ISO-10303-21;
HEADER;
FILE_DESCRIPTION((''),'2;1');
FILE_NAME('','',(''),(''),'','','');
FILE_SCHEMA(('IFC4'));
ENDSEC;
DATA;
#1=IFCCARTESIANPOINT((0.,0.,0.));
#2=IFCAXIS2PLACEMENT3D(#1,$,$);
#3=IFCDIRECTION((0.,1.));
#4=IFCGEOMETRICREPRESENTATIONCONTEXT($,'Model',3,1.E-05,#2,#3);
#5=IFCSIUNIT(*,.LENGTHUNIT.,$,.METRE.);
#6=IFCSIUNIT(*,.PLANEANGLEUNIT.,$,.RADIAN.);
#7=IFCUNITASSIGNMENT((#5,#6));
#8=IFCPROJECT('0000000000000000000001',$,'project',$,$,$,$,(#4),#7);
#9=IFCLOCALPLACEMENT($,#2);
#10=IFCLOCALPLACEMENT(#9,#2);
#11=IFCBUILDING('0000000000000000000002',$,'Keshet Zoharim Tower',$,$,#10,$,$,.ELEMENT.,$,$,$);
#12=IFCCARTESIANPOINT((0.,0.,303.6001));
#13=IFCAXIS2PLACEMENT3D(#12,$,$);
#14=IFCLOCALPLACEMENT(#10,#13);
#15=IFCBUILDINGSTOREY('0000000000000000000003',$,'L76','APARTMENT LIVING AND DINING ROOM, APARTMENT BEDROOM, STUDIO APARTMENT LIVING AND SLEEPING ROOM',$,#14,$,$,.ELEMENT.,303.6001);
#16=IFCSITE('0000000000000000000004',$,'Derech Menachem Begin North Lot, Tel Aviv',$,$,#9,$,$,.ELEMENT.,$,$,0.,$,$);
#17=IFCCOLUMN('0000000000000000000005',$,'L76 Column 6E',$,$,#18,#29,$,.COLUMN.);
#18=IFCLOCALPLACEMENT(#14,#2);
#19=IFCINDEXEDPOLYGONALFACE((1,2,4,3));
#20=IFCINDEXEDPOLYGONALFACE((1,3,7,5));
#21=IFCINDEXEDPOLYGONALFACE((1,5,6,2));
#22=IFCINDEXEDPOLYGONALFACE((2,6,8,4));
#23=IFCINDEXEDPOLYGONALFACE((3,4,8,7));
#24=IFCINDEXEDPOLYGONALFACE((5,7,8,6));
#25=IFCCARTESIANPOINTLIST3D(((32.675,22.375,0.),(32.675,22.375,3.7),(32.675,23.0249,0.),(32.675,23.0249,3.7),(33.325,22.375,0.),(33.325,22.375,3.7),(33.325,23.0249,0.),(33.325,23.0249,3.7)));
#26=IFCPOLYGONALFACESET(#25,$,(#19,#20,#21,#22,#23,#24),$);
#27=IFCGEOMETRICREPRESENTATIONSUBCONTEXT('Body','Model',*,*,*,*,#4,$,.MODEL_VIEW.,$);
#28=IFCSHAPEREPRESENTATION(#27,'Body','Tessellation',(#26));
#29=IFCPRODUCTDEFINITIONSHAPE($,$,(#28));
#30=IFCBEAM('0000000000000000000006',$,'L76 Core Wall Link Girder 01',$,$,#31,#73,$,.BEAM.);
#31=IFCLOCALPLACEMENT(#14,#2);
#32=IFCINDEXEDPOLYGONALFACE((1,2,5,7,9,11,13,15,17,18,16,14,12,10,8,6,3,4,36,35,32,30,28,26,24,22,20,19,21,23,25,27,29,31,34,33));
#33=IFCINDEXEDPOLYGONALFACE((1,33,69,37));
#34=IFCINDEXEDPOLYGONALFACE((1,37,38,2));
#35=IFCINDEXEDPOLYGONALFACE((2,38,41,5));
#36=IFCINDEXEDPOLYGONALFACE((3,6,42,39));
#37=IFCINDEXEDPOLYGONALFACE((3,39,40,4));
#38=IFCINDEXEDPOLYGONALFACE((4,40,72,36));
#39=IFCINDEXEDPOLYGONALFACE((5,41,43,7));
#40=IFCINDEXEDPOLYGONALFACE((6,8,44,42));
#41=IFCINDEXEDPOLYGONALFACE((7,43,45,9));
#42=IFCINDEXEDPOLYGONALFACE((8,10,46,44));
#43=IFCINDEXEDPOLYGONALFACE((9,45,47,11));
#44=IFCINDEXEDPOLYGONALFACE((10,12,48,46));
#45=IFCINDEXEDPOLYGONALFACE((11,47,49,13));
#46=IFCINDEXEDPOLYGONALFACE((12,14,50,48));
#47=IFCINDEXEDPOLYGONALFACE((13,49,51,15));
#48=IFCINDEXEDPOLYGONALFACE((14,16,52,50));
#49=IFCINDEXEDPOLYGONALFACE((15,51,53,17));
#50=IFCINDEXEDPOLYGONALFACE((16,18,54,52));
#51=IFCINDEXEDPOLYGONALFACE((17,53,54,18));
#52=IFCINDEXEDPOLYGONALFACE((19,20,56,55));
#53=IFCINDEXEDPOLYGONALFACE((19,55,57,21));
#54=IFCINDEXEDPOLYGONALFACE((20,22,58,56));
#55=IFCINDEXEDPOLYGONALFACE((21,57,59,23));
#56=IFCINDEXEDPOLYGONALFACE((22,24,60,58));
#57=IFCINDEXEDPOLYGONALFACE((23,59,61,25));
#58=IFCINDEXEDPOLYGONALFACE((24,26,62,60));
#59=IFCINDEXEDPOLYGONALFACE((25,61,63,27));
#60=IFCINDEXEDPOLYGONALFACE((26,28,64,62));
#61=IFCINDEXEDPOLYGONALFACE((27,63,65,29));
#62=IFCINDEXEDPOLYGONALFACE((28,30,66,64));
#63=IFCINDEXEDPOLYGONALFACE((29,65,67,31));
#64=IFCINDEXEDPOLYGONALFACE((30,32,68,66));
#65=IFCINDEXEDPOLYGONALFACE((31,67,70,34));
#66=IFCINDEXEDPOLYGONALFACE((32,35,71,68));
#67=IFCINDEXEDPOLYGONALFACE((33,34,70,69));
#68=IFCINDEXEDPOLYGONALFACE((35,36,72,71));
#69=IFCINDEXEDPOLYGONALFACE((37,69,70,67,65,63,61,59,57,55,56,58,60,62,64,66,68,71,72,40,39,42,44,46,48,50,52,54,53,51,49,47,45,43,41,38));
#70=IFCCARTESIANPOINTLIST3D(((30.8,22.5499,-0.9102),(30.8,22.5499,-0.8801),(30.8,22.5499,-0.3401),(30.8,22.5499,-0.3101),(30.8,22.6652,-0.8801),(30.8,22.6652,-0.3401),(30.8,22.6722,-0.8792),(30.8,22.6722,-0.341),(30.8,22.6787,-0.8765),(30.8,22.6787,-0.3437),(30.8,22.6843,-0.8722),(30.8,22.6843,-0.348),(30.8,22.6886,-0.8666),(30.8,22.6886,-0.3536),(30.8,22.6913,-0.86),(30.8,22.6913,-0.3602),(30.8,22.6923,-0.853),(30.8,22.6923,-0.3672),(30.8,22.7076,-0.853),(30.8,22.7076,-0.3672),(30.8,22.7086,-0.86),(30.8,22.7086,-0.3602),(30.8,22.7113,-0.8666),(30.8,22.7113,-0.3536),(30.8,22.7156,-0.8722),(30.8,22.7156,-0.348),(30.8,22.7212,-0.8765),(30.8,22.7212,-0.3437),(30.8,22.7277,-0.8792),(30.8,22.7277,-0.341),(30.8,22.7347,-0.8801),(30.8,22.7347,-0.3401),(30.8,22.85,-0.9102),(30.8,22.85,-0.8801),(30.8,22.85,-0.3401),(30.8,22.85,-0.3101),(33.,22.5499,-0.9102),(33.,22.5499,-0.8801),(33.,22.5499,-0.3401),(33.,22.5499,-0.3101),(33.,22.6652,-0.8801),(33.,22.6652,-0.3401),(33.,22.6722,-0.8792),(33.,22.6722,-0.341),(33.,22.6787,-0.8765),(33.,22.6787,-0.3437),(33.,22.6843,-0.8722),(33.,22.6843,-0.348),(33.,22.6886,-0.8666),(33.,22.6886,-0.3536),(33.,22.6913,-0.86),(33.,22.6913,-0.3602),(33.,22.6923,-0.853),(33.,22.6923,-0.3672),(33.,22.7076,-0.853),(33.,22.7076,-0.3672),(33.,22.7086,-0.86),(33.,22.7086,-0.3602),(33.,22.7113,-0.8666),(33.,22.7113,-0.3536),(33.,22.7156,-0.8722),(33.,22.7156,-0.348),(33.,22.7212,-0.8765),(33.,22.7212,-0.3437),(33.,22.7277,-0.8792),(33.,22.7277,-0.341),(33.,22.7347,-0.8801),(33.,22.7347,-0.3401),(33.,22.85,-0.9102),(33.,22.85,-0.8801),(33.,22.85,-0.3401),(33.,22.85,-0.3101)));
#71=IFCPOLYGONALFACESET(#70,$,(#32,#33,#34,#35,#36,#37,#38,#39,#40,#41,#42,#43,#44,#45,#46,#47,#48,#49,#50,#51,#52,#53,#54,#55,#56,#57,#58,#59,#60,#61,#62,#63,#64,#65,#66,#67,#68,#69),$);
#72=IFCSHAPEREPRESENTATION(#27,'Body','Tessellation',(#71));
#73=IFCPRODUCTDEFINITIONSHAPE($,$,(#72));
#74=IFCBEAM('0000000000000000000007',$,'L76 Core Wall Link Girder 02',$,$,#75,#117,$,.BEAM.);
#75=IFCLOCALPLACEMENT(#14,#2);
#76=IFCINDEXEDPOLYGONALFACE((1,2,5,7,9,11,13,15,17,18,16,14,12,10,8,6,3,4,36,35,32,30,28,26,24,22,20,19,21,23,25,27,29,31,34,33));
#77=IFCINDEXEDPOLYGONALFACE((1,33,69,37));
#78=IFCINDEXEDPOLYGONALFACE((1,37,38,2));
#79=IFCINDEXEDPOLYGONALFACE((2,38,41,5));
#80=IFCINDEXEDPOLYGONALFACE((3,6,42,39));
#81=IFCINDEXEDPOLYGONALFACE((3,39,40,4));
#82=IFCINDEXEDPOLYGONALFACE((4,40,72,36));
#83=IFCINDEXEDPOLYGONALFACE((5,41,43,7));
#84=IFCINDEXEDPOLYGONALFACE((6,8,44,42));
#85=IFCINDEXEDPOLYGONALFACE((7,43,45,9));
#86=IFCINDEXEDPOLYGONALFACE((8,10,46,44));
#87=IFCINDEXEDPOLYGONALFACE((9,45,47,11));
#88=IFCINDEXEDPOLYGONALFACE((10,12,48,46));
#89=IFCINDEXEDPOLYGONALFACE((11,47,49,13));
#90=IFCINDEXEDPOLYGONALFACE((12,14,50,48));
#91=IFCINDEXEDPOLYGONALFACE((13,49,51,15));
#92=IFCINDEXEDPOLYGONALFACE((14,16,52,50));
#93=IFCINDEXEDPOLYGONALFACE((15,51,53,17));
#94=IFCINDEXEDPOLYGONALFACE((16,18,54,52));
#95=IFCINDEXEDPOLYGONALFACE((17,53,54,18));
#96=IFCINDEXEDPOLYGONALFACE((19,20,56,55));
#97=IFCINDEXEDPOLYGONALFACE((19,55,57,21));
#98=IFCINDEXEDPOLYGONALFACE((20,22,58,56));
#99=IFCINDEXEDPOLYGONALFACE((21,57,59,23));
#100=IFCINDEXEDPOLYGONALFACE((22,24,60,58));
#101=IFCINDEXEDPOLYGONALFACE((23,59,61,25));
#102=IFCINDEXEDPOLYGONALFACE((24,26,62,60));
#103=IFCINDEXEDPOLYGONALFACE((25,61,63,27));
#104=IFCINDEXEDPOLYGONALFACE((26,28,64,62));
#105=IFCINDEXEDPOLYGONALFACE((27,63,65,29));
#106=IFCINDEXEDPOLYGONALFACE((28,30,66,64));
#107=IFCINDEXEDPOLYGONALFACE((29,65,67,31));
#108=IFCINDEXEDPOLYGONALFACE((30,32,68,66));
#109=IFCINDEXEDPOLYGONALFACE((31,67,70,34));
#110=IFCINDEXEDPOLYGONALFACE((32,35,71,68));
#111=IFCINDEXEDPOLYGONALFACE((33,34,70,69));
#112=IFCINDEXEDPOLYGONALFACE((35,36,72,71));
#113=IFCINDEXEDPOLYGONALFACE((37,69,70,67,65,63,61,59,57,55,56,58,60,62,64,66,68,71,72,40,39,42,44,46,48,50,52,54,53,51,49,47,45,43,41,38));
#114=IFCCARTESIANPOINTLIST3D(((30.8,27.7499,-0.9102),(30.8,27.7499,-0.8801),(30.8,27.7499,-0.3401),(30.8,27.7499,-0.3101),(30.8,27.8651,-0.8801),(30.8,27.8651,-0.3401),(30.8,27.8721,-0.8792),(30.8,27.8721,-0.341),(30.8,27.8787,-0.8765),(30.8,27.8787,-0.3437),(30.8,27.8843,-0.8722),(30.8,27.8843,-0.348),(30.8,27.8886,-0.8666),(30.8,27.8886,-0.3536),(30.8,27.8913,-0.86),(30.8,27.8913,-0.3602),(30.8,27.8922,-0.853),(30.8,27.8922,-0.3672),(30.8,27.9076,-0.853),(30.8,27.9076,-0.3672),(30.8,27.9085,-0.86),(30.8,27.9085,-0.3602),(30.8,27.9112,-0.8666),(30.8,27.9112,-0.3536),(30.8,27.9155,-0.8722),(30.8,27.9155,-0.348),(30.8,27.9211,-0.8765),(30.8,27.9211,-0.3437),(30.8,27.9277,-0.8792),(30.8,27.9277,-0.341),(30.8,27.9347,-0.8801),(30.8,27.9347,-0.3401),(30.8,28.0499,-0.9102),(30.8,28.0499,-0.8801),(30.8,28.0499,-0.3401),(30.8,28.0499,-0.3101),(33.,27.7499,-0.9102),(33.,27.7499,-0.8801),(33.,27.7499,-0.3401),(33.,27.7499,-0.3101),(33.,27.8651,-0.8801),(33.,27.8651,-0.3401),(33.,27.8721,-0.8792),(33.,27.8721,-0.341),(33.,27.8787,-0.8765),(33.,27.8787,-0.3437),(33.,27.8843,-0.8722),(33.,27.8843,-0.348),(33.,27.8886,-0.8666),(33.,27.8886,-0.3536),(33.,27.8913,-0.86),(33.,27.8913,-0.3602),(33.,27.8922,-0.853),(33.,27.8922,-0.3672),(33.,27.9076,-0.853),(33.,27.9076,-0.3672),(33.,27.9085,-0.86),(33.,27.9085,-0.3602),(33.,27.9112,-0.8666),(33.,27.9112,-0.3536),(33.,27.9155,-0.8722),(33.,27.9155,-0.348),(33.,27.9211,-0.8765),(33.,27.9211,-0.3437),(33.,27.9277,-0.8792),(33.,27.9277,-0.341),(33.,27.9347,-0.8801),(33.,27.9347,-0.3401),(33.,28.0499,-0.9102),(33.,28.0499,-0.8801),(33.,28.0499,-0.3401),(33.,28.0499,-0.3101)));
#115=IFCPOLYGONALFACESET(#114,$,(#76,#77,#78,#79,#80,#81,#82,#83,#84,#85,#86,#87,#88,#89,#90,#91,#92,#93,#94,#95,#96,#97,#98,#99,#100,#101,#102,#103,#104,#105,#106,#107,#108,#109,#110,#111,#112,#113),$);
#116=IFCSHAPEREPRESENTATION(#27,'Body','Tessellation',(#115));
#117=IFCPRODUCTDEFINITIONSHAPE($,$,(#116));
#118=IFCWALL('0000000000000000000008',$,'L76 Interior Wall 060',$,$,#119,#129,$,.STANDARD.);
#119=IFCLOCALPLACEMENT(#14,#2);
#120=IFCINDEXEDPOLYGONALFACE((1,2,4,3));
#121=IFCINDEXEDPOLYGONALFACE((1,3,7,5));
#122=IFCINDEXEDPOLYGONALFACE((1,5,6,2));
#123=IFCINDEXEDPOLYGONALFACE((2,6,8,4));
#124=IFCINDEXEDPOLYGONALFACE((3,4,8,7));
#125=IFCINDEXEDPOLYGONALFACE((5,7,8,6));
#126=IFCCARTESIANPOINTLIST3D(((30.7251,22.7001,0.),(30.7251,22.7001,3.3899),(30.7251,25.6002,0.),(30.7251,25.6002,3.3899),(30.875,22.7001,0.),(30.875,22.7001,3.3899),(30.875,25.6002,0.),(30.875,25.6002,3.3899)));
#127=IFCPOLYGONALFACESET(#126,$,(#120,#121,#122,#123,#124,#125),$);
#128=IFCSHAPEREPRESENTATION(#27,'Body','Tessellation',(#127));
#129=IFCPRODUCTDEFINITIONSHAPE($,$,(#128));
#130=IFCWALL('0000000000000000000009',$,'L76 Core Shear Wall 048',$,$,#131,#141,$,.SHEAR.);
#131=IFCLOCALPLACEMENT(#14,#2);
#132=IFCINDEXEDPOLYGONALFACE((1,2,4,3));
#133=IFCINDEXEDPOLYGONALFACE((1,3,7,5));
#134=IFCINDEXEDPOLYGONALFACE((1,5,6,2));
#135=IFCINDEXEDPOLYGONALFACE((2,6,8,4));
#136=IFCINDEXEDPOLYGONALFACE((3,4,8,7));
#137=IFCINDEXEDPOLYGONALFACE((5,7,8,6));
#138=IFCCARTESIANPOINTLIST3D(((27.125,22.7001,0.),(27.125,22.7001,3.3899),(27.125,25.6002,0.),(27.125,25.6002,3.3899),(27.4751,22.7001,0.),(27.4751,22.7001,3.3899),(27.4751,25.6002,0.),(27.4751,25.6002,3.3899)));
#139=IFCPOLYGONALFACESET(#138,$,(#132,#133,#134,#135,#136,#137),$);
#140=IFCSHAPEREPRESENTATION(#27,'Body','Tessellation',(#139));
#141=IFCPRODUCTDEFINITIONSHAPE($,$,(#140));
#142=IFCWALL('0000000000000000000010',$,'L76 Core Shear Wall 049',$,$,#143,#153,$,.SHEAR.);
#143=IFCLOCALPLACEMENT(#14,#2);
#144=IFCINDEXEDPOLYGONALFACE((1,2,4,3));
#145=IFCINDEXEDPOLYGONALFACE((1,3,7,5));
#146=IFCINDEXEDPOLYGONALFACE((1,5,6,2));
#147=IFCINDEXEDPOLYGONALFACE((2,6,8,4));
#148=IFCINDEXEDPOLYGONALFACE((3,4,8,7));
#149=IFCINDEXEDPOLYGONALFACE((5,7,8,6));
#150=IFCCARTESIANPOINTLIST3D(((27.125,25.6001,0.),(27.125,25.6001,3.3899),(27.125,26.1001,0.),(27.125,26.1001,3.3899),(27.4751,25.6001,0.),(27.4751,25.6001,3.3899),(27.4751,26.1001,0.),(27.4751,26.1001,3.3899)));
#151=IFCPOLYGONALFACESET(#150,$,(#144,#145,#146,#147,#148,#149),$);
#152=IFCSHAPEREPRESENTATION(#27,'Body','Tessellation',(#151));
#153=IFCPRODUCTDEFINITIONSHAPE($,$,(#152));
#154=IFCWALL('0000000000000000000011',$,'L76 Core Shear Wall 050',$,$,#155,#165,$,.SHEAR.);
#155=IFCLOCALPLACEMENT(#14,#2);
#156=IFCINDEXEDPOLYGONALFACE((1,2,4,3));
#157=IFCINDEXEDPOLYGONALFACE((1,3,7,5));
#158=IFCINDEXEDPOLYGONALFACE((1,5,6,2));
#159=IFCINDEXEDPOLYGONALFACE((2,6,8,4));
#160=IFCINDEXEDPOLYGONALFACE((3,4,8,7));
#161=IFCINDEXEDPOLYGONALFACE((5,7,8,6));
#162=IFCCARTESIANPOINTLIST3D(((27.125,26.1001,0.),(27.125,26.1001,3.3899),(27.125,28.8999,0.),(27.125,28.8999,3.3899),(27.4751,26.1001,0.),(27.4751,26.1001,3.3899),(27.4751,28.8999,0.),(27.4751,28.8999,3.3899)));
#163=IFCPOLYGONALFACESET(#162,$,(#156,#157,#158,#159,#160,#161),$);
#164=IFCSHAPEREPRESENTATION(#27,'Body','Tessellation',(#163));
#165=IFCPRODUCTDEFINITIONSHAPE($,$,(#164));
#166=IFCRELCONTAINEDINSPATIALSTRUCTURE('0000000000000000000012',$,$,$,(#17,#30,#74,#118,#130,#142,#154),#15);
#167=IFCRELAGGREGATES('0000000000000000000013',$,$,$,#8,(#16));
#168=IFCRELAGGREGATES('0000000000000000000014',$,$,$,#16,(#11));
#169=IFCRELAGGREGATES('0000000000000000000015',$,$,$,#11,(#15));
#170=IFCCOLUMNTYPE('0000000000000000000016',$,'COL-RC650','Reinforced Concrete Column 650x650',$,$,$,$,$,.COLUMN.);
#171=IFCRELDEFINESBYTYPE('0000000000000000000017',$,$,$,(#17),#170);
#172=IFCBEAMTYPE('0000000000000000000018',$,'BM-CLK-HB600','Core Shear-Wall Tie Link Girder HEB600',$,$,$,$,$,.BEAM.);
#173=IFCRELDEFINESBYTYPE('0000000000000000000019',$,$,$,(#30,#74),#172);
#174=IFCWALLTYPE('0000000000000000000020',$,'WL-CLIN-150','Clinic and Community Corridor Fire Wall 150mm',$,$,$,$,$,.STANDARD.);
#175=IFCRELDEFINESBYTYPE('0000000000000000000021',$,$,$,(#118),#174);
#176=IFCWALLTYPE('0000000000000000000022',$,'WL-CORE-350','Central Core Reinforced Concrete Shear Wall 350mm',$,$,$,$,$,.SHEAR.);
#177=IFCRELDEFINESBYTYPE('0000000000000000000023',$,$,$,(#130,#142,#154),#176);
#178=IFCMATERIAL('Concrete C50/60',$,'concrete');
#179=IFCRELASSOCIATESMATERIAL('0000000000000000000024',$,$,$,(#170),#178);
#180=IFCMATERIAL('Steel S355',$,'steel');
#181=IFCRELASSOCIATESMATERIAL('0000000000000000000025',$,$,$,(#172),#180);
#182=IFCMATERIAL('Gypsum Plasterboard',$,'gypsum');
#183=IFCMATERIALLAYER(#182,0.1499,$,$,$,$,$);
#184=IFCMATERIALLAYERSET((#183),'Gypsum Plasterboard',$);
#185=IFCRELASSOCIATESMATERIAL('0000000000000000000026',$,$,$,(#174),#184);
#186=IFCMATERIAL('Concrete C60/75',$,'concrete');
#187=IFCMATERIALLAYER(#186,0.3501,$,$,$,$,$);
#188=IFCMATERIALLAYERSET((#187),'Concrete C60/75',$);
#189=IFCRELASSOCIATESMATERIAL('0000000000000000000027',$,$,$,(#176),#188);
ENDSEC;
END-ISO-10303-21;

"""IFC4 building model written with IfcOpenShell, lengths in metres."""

from ifc_helpers import new_model, si_unit, direction, frame, frame_2d, origin, origin_2d, place, context, subcontext, project, spatial, rectangle, i_section, extrude, material, layer, layer_set, material_profile, profile_set, type_object, element, save


model = new_model("IFC4")

# Units and contexts
model_context = context("Model", 3, precision=1e-05, world=origin(), true_north=direction((0.0, 1.0)))
body_context = subcontext(model_context, "Body", "Model", "MODEL_VIEW")
ifc_project = project(units=[si_unit("LENGTHUNIT", "METRE"), si_unit("PLANEANGLEUNIT", "RADIAN")], contexts=[model_context])

# Site, building, storey
site_placement = place(None, origin())
site = spatial("IfcSite", under=ifc_project, at=site_placement, Name="Derech Menachem Begin North Lot, Tel Aviv", CompositionType="ELEMENT", RefElevation=0.0)
building_placement = place(site_placement, origin())
building = spatial("IfcBuilding", under=site, at=building_placement, Name="Keshet Zoharim Tower", CompositionType="ELEMENT")
storey_placement = place(building_placement, frame((0.0, 0.0, 303.6001)))
storey = spatial("IfcBuildingStorey", under=building, at=storey_placement, Name="L76", Description="APARTMENT LIVING AND DINING ROOM, APARTMENT BEDROOM, STUDIO APARTMENT LIVING AND SLEEPING ROOM", CompositionType="ELEMENT", Elevation=303.6001)

# Column
ifc_material_1 = material(Name="Concrete C50/60", Category="concrete")
ifc_material_profile_1 = material_profile(ifc_material_1, rectangle(XDim=0.6499, YDim=0.6499, at=origin_2d()), Name="RC650x650")
ifc_profile_set_1 = profile_set([ifc_material_profile_1], Name="Concrete C50/60")
column_type = type_object("IfcColumnType", Name="COL-RC650", Description="Reinforced Concrete Column 650x650", PredefinedType="COLUMN", material=ifc_profile_set_1)
column_placement = place(storey_placement, frame((33.0, 22.7, 0.0), z_axis=(0.0, 0.0, 1.0), x_axis=(1.0, 0.0, 0.0)))
element("IfcColumn", 1, at=column_placement, inside=storey, type_object=column_type, Name="L76 Column 6E", PredefinedType="COLUMN", context=body_context, shape_type="SweptSolid", body=[
    extrude(rectangle(XDim=0.6499, YDim=0.6499, at=origin_2d()), origin(), (0.0, 0.0, 1.0), 3.7),
])

# Beams
ifc_material_2 = material(Name="Steel S355", Category="steel")
ifc_material_profile_2 = material_profile(ifc_material_2, i_section(OverallWidth=0.3, OverallDepth=0.6001, WebThickness=0.0154, FlangeThickness=0.03, FilletRadius=0.0271, at=origin_2d()), Name="HEB600")
ifc_profile_set_2 = profile_set([ifc_material_profile_2], Name="Steel S355")
beam_type = type_object("IfcBeamType", Name="BM-CLK-HB600", Description="Core Shear-Wall Tie Link Girder HEB600", PredefinedType="BEAM", material=ifc_profile_set_2)
for number, where, z_axis, x_axis, name in (
    (2, (30.8, 22.7, -0.6101), (1.0, 0.0, 0.0), (0.0, 1.0, 0.0), "L76 Core Wall Link Girder 01"),
    (3, (30.8, 27.8999, -0.6101), (1.0, 0.0, 0.0), (0.0, 1.0, 0.0), "L76 Core Wall Link Girder 02"),
):
    element("IfcBeam", number, at=place(storey_placement, frame(where, z_axis=z_axis, x_axis=x_axis)), inside=storey, type_object=beam_type, Name=name, PredefinedType="BEAM", context=body_context, shape_type="SweptSolid", body=[
        extrude(i_section(OverallWidth=0.3, OverallDepth=0.6001, WebThickness=0.0154, FlangeThickness=0.03, FilletRadius=0.0271, at=origin_2d()), origin(), (0.0, 0.0, 1.0), 2.2),
    ])

# Wall
ifc_material_3 = material(Name="Gypsum Plasterboard", Category="gypsum")
ifc_layer_1 = layer(ifc_material_3, 0.1499)
ifc_layer_set_1 = layer_set([ifc_layer_1], Name="Gypsum Plasterboard")
wall_type_1 = type_object("IfcWallType", Name="WL-CLIN-150", Description="Clinic and Community Corridor Fire Wall 150mm", PredefinedType="STANDARD", material=ifc_layer_set_1)
wall_1_placement = place(storey_placement, frame((30.8, 22.7, 0.0), z_axis=(0.0, 0.0, 1.0), x_axis=(0.0, 1.0, 0.0)))
element("IfcWall", 4, at=wall_1_placement, inside=storey, type_object=wall_type_1, Name="L76 Interior Wall 060", PredefinedType="STANDARD", context=body_context, shape_type="SweptSolid", body=[
    extrude(rectangle(XDim=2.9001, YDim=0.1499, at=frame_2d((1.4502, 0.0))), origin(), (0.0, 0.0, 1.0), 3.3899),
])

# Shared definitions
ifc_material_4 = material(Name="Concrete C60/75", Category="concrete")
ifc_layer_2 = layer(ifc_material_4, 0.3501)
ifc_layer_set_2 = layer_set([ifc_layer_2], Name="Concrete C60/75")
wall_type_2 = type_object("IfcWallType", Name="WL-CORE-350", Description="Central Core Reinforced Concrete Shear Wall 350mm", PredefinedType="SHEAR", material=ifc_layer_set_2)

# Walls
wall_2_placement = place(storey_placement, frame((27.3, 22.7, 0.0), z_axis=(0.0, 0.0, 1.0), x_axis=(0.0, 1.0, 0.0)))
element("IfcWall", 5, at=wall_2_placement, inside=storey, type_object=wall_type_2, Name="L76 Core Shear Wall 048", PredefinedType="SHEAR", context=body_context, shape_type="SweptSolid", body=[
    extrude(rectangle(XDim=2.9001, YDim=0.3501, at=frame_2d((1.4502, 0.0))), origin(), (0.0, 0.0, 1.0), 3.3899),
])
wall_3_placement = place(storey_placement, frame((27.3, 25.6001, 0.0), z_axis=(0.0, 0.0, 1.0), x_axis=(0.0, 1.0, 0.0)))
element("IfcWall", 6, at=wall_3_placement, inside=storey, type_object=wall_type_2, Name="L76 Core Shear Wall 049", PredefinedType="SHEAR", context=body_context, shape_type="SweptSolid", body=[
    extrude(rectangle(XDim=0.5, YDim=0.3501, at=frame_2d((0.25, 0.0))), origin(), (0.0, 0.0, 1.0), 3.3899),
])
wall_4_placement = place(storey_placement, frame((27.3, 26.1001, 0.0), z_axis=(0.0, 0.0, 1.0), x_axis=(0.0, 1.0, 0.0)))
element("IfcWall", 7, at=wall_4_placement, inside=storey, type_object=wall_type_2, Name="L76 Core Shear Wall 050", PredefinedType="SHEAR", context=body_context, shape_type="SweptSolid", body=[
    extrude(rectangle(XDim=2.7998, YDim=0.3501, at=frame_2d((1.3999, 0.0))), origin(), (0.0, 0.0, 1.0), 3.3899),
])

save(model, "model.ifc")
